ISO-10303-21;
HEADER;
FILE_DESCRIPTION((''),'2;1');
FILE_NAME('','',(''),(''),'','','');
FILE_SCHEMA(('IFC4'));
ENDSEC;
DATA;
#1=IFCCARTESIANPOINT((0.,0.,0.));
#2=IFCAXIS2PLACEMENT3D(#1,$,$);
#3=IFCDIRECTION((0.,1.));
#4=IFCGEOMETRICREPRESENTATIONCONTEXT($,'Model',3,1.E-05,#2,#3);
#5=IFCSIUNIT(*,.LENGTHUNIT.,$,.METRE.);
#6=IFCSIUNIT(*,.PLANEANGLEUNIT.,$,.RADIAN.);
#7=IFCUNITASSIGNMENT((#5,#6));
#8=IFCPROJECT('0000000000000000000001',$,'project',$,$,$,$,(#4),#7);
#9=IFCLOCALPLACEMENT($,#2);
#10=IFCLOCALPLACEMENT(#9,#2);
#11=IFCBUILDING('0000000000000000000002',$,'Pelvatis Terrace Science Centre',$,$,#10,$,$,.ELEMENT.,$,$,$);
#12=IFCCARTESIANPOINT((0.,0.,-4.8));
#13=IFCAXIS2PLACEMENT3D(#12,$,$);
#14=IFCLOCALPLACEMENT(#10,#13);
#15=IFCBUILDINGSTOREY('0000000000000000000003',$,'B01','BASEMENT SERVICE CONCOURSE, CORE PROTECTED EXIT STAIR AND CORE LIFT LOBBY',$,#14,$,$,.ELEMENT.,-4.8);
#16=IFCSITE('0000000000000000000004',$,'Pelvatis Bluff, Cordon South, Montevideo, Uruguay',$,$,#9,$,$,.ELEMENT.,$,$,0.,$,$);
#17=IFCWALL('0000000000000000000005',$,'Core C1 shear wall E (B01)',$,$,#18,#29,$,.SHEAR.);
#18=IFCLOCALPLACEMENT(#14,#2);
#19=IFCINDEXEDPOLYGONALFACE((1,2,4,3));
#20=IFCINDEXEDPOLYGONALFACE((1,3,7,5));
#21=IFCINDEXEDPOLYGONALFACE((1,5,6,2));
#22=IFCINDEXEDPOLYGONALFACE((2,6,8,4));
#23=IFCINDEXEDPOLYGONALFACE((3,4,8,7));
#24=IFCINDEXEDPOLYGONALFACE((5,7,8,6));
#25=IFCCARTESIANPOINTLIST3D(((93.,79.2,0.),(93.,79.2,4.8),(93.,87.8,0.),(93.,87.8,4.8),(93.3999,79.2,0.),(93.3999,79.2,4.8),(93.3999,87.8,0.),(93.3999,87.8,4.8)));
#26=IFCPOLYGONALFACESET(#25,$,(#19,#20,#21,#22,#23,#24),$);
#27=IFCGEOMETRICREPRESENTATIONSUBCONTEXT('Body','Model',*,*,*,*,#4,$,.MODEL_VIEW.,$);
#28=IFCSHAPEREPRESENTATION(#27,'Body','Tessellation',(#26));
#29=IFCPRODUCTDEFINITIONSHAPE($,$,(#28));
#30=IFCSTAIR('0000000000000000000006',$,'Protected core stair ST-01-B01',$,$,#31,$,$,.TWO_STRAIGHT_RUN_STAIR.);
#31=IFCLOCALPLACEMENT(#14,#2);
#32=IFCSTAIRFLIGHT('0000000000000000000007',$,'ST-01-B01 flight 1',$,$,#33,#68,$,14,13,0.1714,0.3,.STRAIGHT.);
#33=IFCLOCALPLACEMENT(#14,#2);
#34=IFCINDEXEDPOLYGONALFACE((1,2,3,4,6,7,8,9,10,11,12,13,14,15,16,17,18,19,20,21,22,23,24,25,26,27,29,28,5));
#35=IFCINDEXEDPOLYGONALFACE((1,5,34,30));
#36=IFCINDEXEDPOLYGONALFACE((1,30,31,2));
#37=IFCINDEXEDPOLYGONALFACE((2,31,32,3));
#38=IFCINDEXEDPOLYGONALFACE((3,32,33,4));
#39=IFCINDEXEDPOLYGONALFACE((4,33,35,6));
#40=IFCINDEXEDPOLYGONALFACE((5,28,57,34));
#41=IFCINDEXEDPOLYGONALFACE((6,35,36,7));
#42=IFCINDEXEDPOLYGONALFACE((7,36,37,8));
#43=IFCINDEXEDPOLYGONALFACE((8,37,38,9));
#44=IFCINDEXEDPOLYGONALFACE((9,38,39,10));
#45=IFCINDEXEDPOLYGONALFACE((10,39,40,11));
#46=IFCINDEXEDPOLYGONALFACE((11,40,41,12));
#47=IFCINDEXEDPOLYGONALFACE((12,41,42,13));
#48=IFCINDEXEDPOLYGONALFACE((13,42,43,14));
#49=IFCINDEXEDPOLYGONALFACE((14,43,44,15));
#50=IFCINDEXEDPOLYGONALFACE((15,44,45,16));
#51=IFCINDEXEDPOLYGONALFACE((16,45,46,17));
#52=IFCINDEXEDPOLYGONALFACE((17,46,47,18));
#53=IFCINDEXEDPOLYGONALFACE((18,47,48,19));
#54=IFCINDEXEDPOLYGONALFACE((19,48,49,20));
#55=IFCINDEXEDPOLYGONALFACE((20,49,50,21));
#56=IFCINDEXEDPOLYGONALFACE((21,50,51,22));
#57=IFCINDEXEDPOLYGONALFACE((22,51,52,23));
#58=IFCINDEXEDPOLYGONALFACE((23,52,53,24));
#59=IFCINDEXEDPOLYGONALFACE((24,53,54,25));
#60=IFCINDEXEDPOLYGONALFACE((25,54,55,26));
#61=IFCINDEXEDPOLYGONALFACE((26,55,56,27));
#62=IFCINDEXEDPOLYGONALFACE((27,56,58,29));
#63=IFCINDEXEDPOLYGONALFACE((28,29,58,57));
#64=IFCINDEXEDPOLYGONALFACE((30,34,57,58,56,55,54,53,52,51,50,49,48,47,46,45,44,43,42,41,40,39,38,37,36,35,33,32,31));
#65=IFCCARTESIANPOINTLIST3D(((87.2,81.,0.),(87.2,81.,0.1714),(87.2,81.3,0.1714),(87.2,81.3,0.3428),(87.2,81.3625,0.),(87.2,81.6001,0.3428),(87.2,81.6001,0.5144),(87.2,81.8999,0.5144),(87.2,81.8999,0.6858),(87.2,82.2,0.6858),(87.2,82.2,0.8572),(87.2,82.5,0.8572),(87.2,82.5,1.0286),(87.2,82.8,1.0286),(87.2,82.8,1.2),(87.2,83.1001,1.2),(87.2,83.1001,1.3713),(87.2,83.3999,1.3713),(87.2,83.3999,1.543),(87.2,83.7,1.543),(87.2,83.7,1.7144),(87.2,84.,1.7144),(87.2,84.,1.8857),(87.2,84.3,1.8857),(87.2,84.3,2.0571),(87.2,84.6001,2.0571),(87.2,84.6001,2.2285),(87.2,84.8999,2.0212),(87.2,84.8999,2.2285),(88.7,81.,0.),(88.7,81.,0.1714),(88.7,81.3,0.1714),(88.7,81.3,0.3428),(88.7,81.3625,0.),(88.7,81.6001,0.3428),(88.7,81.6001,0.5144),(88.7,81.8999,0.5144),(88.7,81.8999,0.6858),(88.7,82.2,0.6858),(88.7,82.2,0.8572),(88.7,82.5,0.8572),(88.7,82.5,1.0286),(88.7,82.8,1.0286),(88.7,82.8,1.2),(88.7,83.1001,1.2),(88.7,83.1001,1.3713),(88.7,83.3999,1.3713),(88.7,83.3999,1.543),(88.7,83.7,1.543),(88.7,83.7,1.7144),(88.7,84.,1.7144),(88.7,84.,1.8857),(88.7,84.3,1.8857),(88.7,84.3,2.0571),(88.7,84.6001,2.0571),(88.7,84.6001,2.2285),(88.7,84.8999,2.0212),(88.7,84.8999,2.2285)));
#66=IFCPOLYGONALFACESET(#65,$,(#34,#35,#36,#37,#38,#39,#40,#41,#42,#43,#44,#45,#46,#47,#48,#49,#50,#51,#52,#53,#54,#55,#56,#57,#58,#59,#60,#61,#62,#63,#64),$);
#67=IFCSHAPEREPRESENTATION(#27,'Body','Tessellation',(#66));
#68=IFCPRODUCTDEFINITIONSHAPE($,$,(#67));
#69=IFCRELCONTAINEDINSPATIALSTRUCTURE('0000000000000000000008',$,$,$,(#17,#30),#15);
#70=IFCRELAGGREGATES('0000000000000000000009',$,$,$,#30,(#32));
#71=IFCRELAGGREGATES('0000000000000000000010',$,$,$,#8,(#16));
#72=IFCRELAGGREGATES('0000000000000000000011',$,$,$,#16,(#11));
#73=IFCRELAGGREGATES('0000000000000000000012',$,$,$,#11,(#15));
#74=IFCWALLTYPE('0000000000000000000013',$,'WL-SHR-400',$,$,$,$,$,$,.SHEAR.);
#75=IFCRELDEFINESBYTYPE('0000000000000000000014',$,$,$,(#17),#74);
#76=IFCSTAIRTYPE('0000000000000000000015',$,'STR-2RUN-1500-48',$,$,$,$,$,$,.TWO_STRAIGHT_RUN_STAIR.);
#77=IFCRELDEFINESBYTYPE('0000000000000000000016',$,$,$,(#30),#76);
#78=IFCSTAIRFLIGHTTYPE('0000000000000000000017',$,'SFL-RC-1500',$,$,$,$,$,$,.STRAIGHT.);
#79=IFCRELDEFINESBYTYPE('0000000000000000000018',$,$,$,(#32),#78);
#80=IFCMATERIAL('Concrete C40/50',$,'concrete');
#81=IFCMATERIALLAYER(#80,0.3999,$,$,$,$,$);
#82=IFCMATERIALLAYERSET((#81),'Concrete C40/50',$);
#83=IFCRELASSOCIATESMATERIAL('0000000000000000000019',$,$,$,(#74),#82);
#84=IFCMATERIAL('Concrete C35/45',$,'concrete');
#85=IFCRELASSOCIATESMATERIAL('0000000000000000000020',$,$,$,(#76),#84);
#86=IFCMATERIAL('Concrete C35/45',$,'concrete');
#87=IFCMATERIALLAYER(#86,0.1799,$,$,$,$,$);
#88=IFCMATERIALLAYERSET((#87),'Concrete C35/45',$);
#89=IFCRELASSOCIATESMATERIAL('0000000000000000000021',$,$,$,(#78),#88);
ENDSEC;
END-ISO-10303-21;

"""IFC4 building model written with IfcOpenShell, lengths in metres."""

from ifc_helpers import new_model, si_unit, direction, frame, frame_2d, origin, place, context, subcontext, project, spatial, polyline, rectangle, outline, extrude, material, layer, layer_set, type_object, element, aggregate, save


model = new_model("IFC4")

# Units and contexts
model_context = context("Model", 3, precision=1e-05, world=origin(), true_north=direction((0.0, 1.0)))
body_context = subcontext(model_context, "Body", "Model", "MODEL_VIEW")
ifc_project = project(units=[si_unit("LENGTHUNIT", "METRE"), si_unit("PLANEANGLEUNIT", "RADIAN")], contexts=[model_context])

# Site, building, storey
site_placement = place(None, origin())
site = spatial("IfcSite", under=ifc_project, at=site_placement, Name="Pelvatis Bluff, Cordon South, Montevideo, Uruguay", CompositionType="ELEMENT", RefElevation=0.0)
building_placement = place(site_placement, origin())
building = spatial("IfcBuilding", under=site, at=building_placement, Name="Pelvatis Terrace Science Centre", CompositionType="ELEMENT")
storey_placement = place(building_placement, frame((0.0, 0.0, -4.8)))
storey = spatial("IfcBuildingStorey", under=building, at=storey_placement, Name="B01", Description="BASEMENT SERVICE CONCOURSE, CORE PROTECTED EXIT STAIR AND CORE LIFT LOBBY", CompositionType="ELEMENT", Elevation=-4.8)

# Wall
ifc_material_1 = material(Name="Concrete C40/50", Category="concrete")
ifc_layer_1 = layer(ifc_material_1, 0.3999)
ifc_layer_set_1 = layer_set([ifc_layer_1], Name="Concrete C40/50")
wall_type_1 = type_object("IfcWallType", Name="WL-SHR-400", PredefinedType="SHEAR", material=ifc_layer_set_1)
for number, where, z_axis, x_axis, name in (
    (1, (93.2, 79.2, 0.0), (0.0, 0.0, 1.0), (0.0, 1.0, 0.0), "Core C1 shear wall E (B01)"),
):
    element("IfcWall", number, at=place(storey_placement, frame(where, z_axis=z_axis, x_axis=x_axis)), inside=storey, type_object=wall_type_1, Name=name, PredefinedType="SHEAR", context=body_context, shape_type="SweptSolid", body=[
        extrude(rectangle(XDim=8.6001, YDim=0.3999, at=frame_2d((4.3, 0.0))), origin(), (0.0, 0.0, 1.0), 4.8),
    ])

# Stair, stair flight
ifc_material_2 = material(Name="Concrete C35/45", Category="concrete")
stair_type = type_object("IfcStairType", Name="STR-2RUN-1500-48", PredefinedType="TWO_STRAIGHT_RUN_STAIR", material=ifc_material_2)
stair_placement = place(storey_placement, origin())
stair = element("IfcStair", 2, at=stair_placement, inside=storey, type_object=stair_type, Name="Protected core stair ST-01-B01", PredefinedType="TWO_STRAIGHT_RUN_STAIR")
ifc_material_3 = material(Name="Concrete C35/45", Category="concrete")
ifc_layer_2 = layer(ifc_material_3, 0.1799)
ifc_layer_set_2 = layer_set([ifc_layer_2], Name="Concrete C35/45")
stair_flight_type = type_object("IfcStairFlightType", Name="SFL-RC-1500", PredefinedType="STRAIGHT", material=ifc_layer_set_2)
stair_flight_placement = place(storey_placement, frame((87.95, 81.0, 0.0), z_axis=(0.0, 0.0, 1.0), x_axis=(0.0, 1.0, 0.0)))
stair_flight = element("IfcStairFlight", 3, at=stair_flight_placement, type_object=stair_flight_type, Name="ST-01-B01 flight 1", NumberOfRisers=14, NumberOfTreads=13, PredefinedType="STRAIGHT", RiserHeight=0.1714, TreadLength=0.3, context=body_context, shape_type="SweptSolid", body=[
    extrude(outline(polyline([(0.0, 0.0), (0.0, 0.1714), (0.3, 0.1714), (0.3, 0.3428), (0.6001, 0.3428), (0.6001, 0.5144), (0.8999, 0.5144), (0.8999, 0.6858), (1.2, 0.6858), (1.2, 0.8572), (1.5, 0.8572), (1.5, 1.0286), (1.8, 1.0286), (1.8, 1.2), (2.1001, 1.2), (2.1001, 1.3713), (2.3999, 1.3713), (2.3999, 1.543), (2.7, 1.543), (2.7, 1.7144), (3.0, 1.7144), (3.0, 1.8857), (3.3, 1.8857), (3.3, 2.0571), (3.6001, 2.0571), (3.6001, 2.2285), (3.8999, 2.2285), (3.8999, 2.3999), (3.8999, 2.0212), (0.3625, 0.0), (0.0, 0.0)])), frame((0.0, 0.75, 0.0), z_axis=(0.0, -1.0, 0.0), x_axis=(1.0, 0.0, 0.0)), (0.0, 0.0, 1.0), 1.5),
])
aggregate(stair, [stair_flight])

save(model, "model.ifc")
